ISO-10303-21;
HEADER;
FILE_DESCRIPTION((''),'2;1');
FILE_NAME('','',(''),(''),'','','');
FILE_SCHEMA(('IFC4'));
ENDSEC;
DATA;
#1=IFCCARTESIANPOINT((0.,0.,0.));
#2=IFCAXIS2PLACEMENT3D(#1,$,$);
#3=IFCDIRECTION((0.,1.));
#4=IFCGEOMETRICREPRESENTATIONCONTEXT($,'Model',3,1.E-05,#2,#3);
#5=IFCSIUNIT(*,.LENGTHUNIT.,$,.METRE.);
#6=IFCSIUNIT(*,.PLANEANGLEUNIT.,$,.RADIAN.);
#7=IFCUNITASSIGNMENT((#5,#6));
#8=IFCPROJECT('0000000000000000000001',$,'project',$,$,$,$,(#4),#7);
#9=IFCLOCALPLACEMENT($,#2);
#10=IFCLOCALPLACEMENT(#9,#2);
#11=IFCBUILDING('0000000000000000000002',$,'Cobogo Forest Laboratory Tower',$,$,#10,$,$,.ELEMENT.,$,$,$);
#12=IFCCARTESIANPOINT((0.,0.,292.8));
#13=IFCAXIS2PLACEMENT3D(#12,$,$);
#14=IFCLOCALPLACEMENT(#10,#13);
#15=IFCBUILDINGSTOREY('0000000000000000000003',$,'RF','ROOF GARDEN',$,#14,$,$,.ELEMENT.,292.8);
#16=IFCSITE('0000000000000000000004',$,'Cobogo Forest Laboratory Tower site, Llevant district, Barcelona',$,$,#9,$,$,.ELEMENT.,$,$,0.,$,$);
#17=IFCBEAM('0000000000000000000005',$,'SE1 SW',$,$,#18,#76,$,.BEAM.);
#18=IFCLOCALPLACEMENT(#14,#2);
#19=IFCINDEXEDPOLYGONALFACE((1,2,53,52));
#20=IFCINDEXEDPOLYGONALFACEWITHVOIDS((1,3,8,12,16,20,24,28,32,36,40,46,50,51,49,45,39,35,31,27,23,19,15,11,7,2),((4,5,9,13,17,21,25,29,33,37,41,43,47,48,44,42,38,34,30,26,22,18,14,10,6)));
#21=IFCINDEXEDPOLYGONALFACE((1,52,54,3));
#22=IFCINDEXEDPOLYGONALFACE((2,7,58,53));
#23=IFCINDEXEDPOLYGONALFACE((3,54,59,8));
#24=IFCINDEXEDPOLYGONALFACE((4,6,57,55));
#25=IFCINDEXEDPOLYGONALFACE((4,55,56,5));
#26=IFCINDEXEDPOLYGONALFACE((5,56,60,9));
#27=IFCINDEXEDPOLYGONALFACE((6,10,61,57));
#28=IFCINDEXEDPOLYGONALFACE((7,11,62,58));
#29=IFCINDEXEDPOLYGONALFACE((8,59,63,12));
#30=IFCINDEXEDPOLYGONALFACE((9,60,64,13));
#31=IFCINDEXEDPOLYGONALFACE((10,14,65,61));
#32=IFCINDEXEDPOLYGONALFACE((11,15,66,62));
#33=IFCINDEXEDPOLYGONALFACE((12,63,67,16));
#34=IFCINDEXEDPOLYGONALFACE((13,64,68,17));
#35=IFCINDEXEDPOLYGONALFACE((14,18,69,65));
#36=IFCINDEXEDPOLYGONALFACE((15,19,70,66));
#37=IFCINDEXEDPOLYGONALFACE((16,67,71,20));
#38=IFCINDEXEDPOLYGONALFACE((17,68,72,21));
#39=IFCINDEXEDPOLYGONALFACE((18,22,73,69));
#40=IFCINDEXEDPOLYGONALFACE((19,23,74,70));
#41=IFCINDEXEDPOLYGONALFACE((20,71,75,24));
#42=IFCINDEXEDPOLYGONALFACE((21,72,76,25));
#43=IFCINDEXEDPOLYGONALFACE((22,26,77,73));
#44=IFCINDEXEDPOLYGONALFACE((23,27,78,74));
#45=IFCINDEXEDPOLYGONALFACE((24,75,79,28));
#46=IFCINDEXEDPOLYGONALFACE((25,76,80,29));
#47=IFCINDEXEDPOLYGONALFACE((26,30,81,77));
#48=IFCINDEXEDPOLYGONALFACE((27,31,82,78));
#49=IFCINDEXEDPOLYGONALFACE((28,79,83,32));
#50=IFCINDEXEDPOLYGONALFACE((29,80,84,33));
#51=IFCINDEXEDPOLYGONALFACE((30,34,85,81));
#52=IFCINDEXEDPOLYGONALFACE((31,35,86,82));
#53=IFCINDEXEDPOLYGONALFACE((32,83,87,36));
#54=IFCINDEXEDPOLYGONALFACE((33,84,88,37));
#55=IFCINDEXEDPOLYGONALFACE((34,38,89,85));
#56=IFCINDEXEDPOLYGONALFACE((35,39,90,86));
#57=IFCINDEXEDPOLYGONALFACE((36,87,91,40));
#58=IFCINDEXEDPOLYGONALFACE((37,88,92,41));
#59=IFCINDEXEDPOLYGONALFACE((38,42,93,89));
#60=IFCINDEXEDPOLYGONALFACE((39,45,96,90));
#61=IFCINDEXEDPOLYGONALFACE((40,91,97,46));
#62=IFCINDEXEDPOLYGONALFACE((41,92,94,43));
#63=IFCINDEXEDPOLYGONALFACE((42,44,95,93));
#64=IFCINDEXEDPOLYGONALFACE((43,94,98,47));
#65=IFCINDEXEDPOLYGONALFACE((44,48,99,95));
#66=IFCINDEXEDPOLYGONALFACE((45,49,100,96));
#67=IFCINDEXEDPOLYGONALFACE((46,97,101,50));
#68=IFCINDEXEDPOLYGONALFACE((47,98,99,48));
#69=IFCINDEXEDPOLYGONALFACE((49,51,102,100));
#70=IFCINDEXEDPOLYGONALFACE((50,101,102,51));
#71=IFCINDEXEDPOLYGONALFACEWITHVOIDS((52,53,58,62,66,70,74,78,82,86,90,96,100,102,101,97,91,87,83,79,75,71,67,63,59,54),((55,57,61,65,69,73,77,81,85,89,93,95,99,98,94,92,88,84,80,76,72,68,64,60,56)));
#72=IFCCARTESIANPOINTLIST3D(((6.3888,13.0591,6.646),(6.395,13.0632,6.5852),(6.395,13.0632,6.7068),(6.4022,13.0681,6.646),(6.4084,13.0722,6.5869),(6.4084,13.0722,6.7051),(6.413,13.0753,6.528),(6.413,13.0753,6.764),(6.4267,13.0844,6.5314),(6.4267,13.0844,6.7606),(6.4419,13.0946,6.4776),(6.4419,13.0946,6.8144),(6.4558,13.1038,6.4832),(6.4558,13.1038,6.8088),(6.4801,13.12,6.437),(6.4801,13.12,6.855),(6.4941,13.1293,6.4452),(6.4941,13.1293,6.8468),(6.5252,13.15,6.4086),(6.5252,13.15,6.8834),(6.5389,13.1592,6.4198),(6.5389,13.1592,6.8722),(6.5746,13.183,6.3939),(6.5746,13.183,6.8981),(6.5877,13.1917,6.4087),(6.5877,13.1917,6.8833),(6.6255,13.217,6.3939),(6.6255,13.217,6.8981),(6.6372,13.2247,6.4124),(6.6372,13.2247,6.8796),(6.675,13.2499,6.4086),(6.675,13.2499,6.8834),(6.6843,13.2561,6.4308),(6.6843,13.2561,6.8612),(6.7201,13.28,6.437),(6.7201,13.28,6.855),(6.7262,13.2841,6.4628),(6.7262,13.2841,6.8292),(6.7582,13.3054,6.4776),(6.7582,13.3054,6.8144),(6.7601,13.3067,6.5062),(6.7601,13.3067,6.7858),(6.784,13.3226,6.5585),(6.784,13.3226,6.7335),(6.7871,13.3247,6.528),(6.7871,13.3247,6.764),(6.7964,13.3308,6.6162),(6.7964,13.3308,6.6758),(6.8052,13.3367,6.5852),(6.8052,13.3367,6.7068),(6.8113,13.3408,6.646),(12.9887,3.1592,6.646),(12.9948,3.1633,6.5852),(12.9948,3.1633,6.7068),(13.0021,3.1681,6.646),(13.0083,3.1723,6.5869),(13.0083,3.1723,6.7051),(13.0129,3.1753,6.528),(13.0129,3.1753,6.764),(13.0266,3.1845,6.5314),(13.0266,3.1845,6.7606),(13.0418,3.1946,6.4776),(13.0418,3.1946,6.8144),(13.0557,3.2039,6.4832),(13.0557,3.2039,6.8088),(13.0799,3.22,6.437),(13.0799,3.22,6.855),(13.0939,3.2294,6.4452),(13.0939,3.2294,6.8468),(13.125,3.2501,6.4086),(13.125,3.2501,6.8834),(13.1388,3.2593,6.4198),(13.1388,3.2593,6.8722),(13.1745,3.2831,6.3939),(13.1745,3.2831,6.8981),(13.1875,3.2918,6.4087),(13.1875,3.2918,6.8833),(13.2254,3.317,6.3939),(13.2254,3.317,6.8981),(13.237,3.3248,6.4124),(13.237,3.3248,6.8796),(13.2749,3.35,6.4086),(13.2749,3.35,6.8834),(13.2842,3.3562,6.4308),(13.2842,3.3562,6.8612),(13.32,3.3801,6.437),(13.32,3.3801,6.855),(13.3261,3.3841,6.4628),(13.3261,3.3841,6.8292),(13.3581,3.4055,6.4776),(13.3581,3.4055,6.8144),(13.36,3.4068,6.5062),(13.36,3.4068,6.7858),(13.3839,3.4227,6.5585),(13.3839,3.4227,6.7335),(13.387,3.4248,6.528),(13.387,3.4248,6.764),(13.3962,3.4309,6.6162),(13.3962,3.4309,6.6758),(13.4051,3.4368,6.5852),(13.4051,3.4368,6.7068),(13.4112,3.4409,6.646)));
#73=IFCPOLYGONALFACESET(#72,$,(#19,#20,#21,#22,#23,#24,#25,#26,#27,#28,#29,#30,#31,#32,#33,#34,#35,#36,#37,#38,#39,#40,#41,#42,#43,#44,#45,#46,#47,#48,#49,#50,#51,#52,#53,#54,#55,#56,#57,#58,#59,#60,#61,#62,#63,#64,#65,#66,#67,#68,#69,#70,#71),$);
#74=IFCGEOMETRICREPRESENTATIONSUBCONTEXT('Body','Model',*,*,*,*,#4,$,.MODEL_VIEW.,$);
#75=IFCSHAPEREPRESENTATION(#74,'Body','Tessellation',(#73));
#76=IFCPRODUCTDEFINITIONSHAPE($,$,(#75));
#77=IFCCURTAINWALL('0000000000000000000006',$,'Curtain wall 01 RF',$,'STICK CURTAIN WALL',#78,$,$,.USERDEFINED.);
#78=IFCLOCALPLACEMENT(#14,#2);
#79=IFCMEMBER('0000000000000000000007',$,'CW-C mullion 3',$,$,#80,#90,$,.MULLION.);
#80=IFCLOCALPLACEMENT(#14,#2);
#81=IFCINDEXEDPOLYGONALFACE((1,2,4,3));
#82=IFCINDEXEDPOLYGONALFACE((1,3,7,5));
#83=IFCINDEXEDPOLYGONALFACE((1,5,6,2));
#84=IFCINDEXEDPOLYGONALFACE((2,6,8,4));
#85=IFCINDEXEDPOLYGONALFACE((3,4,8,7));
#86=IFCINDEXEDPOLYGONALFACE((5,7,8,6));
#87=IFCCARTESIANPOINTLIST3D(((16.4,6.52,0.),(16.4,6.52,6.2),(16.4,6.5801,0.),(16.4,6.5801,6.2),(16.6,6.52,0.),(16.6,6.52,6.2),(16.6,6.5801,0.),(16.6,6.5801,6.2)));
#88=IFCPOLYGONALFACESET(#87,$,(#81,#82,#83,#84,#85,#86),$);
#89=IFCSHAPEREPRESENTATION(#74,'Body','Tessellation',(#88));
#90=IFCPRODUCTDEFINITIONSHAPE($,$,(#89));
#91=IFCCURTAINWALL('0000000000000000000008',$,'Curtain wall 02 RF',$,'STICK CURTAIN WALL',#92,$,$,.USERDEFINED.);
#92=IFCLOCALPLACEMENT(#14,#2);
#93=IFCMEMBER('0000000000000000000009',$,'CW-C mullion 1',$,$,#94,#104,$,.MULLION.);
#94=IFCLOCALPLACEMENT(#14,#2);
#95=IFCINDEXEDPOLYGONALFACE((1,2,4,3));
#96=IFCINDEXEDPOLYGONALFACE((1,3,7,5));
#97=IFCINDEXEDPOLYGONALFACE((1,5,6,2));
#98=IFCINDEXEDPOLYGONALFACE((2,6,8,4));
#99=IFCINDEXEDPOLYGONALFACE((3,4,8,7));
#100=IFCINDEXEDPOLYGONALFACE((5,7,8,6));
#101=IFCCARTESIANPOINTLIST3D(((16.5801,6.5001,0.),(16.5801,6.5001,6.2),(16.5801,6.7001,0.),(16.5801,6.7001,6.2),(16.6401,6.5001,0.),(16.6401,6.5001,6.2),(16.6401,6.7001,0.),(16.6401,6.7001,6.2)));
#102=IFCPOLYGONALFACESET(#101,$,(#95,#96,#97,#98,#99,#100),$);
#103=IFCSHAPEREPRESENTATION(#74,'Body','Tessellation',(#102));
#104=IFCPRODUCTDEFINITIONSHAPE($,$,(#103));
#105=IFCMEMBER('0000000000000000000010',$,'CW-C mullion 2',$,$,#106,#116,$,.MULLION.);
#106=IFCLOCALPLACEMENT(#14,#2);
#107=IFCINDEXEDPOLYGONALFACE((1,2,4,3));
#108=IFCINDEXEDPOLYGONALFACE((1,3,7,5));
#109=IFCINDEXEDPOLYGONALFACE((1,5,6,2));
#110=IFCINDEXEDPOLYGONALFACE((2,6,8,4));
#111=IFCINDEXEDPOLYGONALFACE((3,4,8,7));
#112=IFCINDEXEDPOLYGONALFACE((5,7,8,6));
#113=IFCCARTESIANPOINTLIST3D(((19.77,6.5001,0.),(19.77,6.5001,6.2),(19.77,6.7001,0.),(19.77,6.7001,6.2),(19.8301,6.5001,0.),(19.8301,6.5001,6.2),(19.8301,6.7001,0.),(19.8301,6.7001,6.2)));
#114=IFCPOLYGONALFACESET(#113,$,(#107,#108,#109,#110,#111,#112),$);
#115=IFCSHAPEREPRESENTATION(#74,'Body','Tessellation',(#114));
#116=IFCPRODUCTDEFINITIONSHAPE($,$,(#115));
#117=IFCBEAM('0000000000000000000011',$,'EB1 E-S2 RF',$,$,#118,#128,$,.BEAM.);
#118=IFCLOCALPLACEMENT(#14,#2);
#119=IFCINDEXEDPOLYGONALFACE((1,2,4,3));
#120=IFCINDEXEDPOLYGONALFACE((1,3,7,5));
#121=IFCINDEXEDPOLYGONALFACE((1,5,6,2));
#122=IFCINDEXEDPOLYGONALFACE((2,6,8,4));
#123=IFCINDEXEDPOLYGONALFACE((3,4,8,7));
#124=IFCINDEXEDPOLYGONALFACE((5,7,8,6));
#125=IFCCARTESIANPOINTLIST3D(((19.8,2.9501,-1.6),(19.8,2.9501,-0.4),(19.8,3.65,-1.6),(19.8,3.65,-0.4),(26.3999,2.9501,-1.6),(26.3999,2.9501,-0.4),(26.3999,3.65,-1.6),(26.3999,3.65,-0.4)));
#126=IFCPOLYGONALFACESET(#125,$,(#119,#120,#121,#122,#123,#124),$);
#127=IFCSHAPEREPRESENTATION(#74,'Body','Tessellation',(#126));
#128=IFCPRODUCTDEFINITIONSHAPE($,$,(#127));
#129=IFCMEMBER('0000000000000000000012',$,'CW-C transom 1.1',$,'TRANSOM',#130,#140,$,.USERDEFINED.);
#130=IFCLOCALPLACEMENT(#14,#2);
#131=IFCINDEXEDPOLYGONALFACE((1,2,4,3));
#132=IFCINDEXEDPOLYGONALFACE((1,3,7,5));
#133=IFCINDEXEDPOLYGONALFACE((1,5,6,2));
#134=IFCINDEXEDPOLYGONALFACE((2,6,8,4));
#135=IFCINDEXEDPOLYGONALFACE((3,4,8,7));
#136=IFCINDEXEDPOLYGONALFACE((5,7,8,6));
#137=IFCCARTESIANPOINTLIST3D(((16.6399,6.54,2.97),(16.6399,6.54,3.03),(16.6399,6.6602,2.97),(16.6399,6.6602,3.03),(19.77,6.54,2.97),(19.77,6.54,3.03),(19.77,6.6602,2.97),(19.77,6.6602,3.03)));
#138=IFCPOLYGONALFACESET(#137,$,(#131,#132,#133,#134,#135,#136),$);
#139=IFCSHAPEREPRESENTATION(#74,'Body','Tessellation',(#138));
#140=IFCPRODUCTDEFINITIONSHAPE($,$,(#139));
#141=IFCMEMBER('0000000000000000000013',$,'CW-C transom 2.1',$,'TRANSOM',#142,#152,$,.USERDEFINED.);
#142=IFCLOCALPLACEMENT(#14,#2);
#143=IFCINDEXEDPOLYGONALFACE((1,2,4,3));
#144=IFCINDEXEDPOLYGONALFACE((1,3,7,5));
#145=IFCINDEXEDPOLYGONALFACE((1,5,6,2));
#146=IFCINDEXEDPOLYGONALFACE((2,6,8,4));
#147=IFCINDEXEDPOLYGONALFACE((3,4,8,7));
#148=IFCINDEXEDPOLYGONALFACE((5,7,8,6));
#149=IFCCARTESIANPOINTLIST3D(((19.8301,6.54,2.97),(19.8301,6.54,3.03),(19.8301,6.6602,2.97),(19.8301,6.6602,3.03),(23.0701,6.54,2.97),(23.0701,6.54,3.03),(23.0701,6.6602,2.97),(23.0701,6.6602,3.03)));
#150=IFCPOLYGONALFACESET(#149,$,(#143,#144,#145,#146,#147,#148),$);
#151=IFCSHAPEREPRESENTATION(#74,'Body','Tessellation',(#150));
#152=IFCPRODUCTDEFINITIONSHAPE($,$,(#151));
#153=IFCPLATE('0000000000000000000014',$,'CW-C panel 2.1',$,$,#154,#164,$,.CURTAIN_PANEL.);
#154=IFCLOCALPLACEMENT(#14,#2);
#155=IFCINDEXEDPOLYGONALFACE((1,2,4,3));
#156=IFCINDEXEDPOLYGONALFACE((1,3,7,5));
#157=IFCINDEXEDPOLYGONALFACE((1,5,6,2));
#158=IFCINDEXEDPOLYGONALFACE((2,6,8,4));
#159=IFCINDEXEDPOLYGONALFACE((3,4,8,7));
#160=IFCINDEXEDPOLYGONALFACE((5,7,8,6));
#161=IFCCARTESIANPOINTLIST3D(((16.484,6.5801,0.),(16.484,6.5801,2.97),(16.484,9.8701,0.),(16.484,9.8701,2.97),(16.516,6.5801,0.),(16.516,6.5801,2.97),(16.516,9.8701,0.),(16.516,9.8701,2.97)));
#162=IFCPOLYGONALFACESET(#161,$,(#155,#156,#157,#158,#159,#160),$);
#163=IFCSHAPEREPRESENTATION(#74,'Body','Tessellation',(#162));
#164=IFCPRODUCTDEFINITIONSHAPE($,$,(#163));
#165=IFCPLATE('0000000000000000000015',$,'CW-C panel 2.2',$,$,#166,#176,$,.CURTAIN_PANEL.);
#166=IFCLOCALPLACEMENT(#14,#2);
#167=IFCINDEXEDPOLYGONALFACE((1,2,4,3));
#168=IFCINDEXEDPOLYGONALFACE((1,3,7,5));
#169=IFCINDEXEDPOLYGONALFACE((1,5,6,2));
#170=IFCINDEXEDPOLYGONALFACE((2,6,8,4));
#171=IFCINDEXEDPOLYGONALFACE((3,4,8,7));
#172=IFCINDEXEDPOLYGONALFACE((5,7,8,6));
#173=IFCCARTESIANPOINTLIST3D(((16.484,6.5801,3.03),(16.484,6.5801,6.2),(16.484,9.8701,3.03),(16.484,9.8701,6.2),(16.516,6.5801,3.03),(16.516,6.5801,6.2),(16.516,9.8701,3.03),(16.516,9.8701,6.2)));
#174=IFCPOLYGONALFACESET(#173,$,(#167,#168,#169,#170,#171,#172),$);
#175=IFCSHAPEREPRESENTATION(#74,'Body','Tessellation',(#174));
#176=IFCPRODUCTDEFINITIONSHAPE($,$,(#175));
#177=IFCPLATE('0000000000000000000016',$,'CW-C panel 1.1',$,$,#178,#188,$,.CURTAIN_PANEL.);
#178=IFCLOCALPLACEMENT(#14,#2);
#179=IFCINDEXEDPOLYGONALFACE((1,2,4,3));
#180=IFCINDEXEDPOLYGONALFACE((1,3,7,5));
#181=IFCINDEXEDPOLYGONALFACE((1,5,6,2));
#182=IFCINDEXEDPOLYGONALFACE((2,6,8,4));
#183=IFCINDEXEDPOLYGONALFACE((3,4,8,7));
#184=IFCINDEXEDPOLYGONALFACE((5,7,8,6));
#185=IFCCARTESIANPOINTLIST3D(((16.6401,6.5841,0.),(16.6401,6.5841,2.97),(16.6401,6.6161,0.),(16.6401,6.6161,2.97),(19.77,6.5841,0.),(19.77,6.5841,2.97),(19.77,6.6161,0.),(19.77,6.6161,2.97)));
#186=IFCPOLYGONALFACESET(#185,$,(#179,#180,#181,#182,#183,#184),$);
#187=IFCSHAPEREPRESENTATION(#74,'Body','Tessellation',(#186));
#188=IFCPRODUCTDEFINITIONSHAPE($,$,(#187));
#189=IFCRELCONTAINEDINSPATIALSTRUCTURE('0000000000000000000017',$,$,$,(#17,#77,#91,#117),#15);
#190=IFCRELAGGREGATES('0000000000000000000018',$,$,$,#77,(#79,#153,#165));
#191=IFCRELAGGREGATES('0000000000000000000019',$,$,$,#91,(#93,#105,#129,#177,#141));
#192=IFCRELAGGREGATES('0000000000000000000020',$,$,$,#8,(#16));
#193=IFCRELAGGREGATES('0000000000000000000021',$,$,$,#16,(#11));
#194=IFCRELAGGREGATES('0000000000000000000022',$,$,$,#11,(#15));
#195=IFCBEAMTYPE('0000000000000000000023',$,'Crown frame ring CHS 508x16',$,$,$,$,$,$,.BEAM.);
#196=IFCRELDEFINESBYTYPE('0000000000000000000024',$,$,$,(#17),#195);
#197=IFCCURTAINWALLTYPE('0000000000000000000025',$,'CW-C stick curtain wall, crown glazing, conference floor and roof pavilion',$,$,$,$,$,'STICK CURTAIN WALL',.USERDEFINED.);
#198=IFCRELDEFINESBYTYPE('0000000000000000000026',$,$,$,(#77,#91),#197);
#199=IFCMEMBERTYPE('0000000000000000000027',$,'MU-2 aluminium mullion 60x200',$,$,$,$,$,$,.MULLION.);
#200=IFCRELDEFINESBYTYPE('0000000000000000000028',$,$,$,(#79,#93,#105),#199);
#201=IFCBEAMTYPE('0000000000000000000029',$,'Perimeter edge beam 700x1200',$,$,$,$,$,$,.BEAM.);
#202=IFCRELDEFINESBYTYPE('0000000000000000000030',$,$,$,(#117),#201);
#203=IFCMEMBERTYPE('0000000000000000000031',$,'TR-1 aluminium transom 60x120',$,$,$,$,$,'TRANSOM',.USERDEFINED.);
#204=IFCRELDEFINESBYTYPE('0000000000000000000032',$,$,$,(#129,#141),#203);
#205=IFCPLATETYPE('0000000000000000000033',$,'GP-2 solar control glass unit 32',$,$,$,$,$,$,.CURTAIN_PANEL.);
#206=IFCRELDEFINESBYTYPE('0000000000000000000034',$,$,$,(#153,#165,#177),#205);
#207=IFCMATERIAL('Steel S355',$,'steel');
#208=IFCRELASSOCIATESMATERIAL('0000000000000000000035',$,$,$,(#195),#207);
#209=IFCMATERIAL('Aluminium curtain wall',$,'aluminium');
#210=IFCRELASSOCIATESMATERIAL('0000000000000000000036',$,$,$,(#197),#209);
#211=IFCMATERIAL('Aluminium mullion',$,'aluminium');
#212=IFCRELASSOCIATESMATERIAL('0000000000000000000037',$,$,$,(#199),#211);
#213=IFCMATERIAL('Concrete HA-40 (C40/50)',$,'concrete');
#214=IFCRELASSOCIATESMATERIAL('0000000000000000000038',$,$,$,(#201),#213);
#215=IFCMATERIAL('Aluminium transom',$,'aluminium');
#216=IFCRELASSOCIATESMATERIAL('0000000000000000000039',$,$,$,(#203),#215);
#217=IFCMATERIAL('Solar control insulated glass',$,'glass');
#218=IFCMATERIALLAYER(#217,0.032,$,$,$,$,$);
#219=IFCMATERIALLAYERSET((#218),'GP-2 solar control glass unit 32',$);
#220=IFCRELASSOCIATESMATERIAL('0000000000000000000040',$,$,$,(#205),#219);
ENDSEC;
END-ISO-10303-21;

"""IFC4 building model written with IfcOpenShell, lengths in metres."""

from ifc_helpers import new_model, si_unit, direction, frame, origin, origin_2d, place, context, subcontext, project, spatial, rectangle, hollow_circle, extrude, material, layer, layer_set, material_profile, profile_set, type_object, element, aggregate, save


model = new_model("IFC4")

# Units and contexts
model_context = context("Model", 3, precision=1e-05, world=origin(), true_north=direction((0.0, 1.0)))
body_context = subcontext(model_context, "Body", "Model", "MODEL_VIEW")
ifc_project = project(units=[si_unit("LENGTHUNIT", "METRE"), si_unit("PLANEANGLEUNIT", "RADIAN")], contexts=[model_context])

# Site, building, storey
site_placement = place(None, origin())
site = spatial("IfcSite", under=ifc_project, at=site_placement, Name="Cobogo Forest Laboratory Tower site, Llevant district, Barcelona", CompositionType="ELEMENT", RefElevation=0.0)
building_placement = place(site_placement, origin())
building = spatial("IfcBuilding", under=site, at=building_placement, Name="Cobogo Forest Laboratory Tower", CompositionType="ELEMENT")
storey_placement = place(building_placement, frame((0.0, 0.0, 292.8)))
storey = spatial("IfcBuildingStorey", under=building, at=storey_placement, Name="RF", Description="ROOF GARDEN", CompositionType="ELEMENT", Elevation=292.8)

# Shared definitions
ifc_material_1 = material(Name="Steel S355", Category="steel")

# Beam
ifc_material_profile_1 = material_profile(ifc_material_1, hollow_circle(Radius=0.2539, WallThickness=0.0161, at=origin_2d()), Name="CHS 508x16")
ifc_profile_set_1 = profile_set([ifc_material_profile_1], Name="Steel S355")
beam_type_1 = type_object("IfcBeamType", Name="Crown frame ring CHS 508x16", PredefinedType="BEAM", material=ifc_profile_set_1)
beam_1_placement = place(storey_placement, frame((13.2, 3.3, 6.646), z_axis=(-0.554695, 0.832053, 0.0), x_axis=(-0.832053, -0.554695, 0.0)))
element("IfcBeam", 1, at=beam_1_placement, inside=storey, type_object=beam_type_1, Name="SE1 SW", PredefinedType="BEAM", context=body_context, shape_type="SweptSolid", body=[
    extrude(hollow_circle(Radius=0.2539, WallThickness=0.0161, at=origin_2d()), origin(), (0.0, 0.0, 1.0), 11.8982),
])

# Curtain wall, member
ifc_material_2 = material(Name="Aluminium curtain wall", Category="aluminium")
curtain_wall_type = type_object("IfcCurtainWallType", Name="CW-C stick curtain wall, crown glazing, conference floor and roof pavilion", ElementType="STICK CURTAIN WALL", PredefinedType="USERDEFINED", material=ifc_material_2)
curtain_wall_1_placement = place(storey_placement, origin())
curtain_wall_1 = element("IfcCurtainWall", 2, at=curtain_wall_1_placement, inside=storey, type_object=curtain_wall_type, Name="Curtain wall 01 RF", ObjectType="STICK CURTAIN WALL", PredefinedType="USERDEFINED")
ifc_material_3 = material(Name="Aluminium mullion", Category="aluminium")
ifc_material_profile_2 = material_profile(ifc_material_3, rectangle(XDim=0.0601, YDim=0.2, at=origin_2d()), Name="AL 60x200")
ifc_profile_set_2 = profile_set([ifc_material_profile_2], Name="Aluminium mullion")
member_type_1 = type_object("IfcMemberType", Name="MU-2 aluminium mullion 60x200", PredefinedType="MULLION", material=ifc_profile_set_2)
member_1_placement = place(storey_placement, frame((16.5, 6.55, 0.0), z_axis=(0.0, 0.0, 1.0), x_axis=(0.0, -1.0, 0.0)))
member_1 = element("IfcMember", 3, at=member_1_placement, type_object=member_type_1, Name="CW-C mullion 3", PredefinedType="MULLION", context=body_context, shape_type="SweptSolid", body=[
    extrude(rectangle(XDim=0.0601, YDim=0.2, at=origin_2d()), origin(), (0.0, 0.0, 1.0), 6.2),
])

# Curtain wall, members
curtain_wall_2_placement = place(storey_placement, origin())
curtain_wall_2 = element("IfcCurtainWall", 4, at=curtain_wall_2_placement, inside=storey, type_object=curtain_wall_type, Name="Curtain wall 02 RF", ObjectType="STICK CURTAIN WALL", PredefinedType="USERDEFINED")
member_2_placement = place(storey_placement, frame((16.6101, 6.6001, 0.0), z_axis=(0.0, 0.0, 1.0), x_axis=(1.0, 0.0, 0.0)))
member_2 = element("IfcMember", 5, at=member_2_placement, type_object=member_type_1, Name="CW-C mullion 1", PredefinedType="MULLION", context=body_context, shape_type="SweptSolid", body=[
    extrude(rectangle(XDim=0.0601, YDim=0.2, at=origin_2d()), origin(), (0.0, 0.0, 1.0), 6.2),
])
member_3_placement = place(storey_placement, frame((19.8, 6.6001, 0.0), z_axis=(0.0, 0.0, 1.0), x_axis=(1.0, 0.0, 0.0)))
member_3 = element("IfcMember", 6, at=member_3_placement, type_object=member_type_1, Name="CW-C mullion 2", PredefinedType="MULLION", context=body_context, shape_type="SweptSolid", body=[
    extrude(rectangle(XDim=0.0601, YDim=0.2, at=origin_2d()), origin(), (0.0, 0.0, 1.0), 6.2),
])

# Beam
ifc_material_4 = material(Name="Concrete HA-40 (C40/50)", Category="concrete")
ifc_material_profile_3 = material_profile(ifc_material_4, rectangle(XDim=0.7, YDim=1.2, at=origin_2d()), Name="RC 700x1200")
ifc_profile_set_3 = profile_set([ifc_material_profile_3], Name="Concrete HA-40 (C40/50)")
beam_type_2 = type_object("IfcBeamType", Name="Perimeter edge beam 700x1200", PredefinedType="BEAM", material=ifc_profile_set_3)
beam_2_placement = place(storey_placement, frame((19.8, 3.3, -1.0), z_axis=(1.0, 0.0, 0.0), x_axis=(0.0, 1.0, 0.0)))
element("IfcBeam", 7, at=beam_2_placement, inside=storey, type_object=beam_type_2, Name="EB1 E-S2 RF", PredefinedType="BEAM", context=body_context, shape_type="SweptSolid", body=[
    extrude(rectangle(XDim=0.7, YDim=1.2, at=origin_2d()), origin(), (0.0, 0.0, 1.0), 6.5999),
])

# Members
ifc_material_5 = material(Name="Aluminium transom", Category="aluminium")
ifc_material_profile_4 = material_profile(ifc_material_5, rectangle(XDim=0.1201, YDim=0.0601, at=origin_2d()), Name="AL 60x120")
ifc_profile_set_4 = profile_set([ifc_material_profile_4], Name="Aluminium transom")
member_type_2 = type_object("IfcMemberType", Name="TR-1 aluminium transom 60x120", ElementType="TRANSOM", PredefinedType="USERDEFINED", material=ifc_profile_set_4)
member_4_placement = place(storey_placement, frame((16.6399, 6.6001, 3.0), z_axis=(1.0, 0.0, 0.0), x_axis=(0.0, 1.0, 0.0)))
member_4 = element("IfcMember", 8, at=member_4_placement, type_object=member_type_2, Name="CW-C transom 1.1", ObjectType="TRANSOM", PredefinedType="USERDEFINED", context=body_context, shape_type="SweptSolid", body=[
    extrude(rectangle(XDim=0.1201, YDim=0.0601, at=origin_2d()), origin(), (0.0, 0.0, 1.0), 3.1301),
])
member_5_placement = place(storey_placement, frame((19.8301, 6.6001, 3.0), z_axis=(1.0, 0.0, 0.0), x_axis=(0.0, 1.0, 0.0)))
member_5 = element("IfcMember", 9, at=member_5_placement, type_object=member_type_2, Name="CW-C transom 2.1", ObjectType="TRANSOM", PredefinedType="USERDEFINED", context=body_context, shape_type="SweptSolid", body=[
    extrude(rectangle(XDim=0.1201, YDim=0.0601, at=origin_2d()), origin(), (0.0, 0.0, 1.0), 3.24),
])

# Plates
ifc_material_6 = material(Name="Solar control insulated glass", Category="glass")
ifc_layer = layer(ifc_material_6, 0.032)
ifc_layer_set = layer_set([ifc_layer], Name="GP-2 solar control glass unit 32")
plate_type = type_object("IfcPlateType", Name="GP-2 solar control glass unit 32", PredefinedType="CURTAIN_PANEL", material=ifc_layer_set)
plate_1_placement = place(storey_placement, frame((16.5, 8.2251, 0.0), z_axis=(0.0, 0.0, 1.0), x_axis=(0.0, -1.0, 0.0)))
plate_1 = element("IfcPlate", 10, at=plate_1_placement, type_object=plate_type, Name="CW-C panel 2.1", PredefinedType="CURTAIN_PANEL", context=body_context, shape_type="SweptSolid", body=[
    extrude(rectangle(XDim=3.29, YDim=0.032, at=origin_2d()), origin(), (0.0, 0.0, 1.0), 2.97),
])
plate_2_placement = place(storey_placement, frame((16.5, 8.2251, 3.03), z_axis=(0.0, 0.0, 1.0), x_axis=(0.0, -1.0, 0.0)))
plate_2 = element("IfcPlate", 11, at=plate_2_placement, type_object=plate_type, Name="CW-C panel 2.2", PredefinedType="CURTAIN_PANEL", context=body_context, shape_type="SweptSolid", body=[
    extrude(rectangle(XDim=3.29, YDim=0.032, at=origin_2d()), origin(), (0.0, 0.0, 1.0), 3.1699),
])
aggregate(curtain_wall_1, [member_1, plate_1, plate_2])
plate_3_placement = place(storey_placement, frame((18.2051, 6.6001, 0.0), z_axis=(0.0, 0.0, 1.0), x_axis=(1.0, 0.0, 0.0)))
plate_3 = element("IfcPlate", 12, at=plate_3_placement, type_object=plate_type, Name="CW-C panel 1.1", PredefinedType="CURTAIN_PANEL", context=body_context, shape_type="SweptSolid", body=[
    extrude(rectangle(XDim=3.1299, YDim=0.032, at=origin_2d()), origin(), (0.0, 0.0, 1.0), 2.97),
])
aggregate(curtain_wall_2, [member_2, member_3, member_4, plate_3, member_5])

save(model, "model.ifc")
